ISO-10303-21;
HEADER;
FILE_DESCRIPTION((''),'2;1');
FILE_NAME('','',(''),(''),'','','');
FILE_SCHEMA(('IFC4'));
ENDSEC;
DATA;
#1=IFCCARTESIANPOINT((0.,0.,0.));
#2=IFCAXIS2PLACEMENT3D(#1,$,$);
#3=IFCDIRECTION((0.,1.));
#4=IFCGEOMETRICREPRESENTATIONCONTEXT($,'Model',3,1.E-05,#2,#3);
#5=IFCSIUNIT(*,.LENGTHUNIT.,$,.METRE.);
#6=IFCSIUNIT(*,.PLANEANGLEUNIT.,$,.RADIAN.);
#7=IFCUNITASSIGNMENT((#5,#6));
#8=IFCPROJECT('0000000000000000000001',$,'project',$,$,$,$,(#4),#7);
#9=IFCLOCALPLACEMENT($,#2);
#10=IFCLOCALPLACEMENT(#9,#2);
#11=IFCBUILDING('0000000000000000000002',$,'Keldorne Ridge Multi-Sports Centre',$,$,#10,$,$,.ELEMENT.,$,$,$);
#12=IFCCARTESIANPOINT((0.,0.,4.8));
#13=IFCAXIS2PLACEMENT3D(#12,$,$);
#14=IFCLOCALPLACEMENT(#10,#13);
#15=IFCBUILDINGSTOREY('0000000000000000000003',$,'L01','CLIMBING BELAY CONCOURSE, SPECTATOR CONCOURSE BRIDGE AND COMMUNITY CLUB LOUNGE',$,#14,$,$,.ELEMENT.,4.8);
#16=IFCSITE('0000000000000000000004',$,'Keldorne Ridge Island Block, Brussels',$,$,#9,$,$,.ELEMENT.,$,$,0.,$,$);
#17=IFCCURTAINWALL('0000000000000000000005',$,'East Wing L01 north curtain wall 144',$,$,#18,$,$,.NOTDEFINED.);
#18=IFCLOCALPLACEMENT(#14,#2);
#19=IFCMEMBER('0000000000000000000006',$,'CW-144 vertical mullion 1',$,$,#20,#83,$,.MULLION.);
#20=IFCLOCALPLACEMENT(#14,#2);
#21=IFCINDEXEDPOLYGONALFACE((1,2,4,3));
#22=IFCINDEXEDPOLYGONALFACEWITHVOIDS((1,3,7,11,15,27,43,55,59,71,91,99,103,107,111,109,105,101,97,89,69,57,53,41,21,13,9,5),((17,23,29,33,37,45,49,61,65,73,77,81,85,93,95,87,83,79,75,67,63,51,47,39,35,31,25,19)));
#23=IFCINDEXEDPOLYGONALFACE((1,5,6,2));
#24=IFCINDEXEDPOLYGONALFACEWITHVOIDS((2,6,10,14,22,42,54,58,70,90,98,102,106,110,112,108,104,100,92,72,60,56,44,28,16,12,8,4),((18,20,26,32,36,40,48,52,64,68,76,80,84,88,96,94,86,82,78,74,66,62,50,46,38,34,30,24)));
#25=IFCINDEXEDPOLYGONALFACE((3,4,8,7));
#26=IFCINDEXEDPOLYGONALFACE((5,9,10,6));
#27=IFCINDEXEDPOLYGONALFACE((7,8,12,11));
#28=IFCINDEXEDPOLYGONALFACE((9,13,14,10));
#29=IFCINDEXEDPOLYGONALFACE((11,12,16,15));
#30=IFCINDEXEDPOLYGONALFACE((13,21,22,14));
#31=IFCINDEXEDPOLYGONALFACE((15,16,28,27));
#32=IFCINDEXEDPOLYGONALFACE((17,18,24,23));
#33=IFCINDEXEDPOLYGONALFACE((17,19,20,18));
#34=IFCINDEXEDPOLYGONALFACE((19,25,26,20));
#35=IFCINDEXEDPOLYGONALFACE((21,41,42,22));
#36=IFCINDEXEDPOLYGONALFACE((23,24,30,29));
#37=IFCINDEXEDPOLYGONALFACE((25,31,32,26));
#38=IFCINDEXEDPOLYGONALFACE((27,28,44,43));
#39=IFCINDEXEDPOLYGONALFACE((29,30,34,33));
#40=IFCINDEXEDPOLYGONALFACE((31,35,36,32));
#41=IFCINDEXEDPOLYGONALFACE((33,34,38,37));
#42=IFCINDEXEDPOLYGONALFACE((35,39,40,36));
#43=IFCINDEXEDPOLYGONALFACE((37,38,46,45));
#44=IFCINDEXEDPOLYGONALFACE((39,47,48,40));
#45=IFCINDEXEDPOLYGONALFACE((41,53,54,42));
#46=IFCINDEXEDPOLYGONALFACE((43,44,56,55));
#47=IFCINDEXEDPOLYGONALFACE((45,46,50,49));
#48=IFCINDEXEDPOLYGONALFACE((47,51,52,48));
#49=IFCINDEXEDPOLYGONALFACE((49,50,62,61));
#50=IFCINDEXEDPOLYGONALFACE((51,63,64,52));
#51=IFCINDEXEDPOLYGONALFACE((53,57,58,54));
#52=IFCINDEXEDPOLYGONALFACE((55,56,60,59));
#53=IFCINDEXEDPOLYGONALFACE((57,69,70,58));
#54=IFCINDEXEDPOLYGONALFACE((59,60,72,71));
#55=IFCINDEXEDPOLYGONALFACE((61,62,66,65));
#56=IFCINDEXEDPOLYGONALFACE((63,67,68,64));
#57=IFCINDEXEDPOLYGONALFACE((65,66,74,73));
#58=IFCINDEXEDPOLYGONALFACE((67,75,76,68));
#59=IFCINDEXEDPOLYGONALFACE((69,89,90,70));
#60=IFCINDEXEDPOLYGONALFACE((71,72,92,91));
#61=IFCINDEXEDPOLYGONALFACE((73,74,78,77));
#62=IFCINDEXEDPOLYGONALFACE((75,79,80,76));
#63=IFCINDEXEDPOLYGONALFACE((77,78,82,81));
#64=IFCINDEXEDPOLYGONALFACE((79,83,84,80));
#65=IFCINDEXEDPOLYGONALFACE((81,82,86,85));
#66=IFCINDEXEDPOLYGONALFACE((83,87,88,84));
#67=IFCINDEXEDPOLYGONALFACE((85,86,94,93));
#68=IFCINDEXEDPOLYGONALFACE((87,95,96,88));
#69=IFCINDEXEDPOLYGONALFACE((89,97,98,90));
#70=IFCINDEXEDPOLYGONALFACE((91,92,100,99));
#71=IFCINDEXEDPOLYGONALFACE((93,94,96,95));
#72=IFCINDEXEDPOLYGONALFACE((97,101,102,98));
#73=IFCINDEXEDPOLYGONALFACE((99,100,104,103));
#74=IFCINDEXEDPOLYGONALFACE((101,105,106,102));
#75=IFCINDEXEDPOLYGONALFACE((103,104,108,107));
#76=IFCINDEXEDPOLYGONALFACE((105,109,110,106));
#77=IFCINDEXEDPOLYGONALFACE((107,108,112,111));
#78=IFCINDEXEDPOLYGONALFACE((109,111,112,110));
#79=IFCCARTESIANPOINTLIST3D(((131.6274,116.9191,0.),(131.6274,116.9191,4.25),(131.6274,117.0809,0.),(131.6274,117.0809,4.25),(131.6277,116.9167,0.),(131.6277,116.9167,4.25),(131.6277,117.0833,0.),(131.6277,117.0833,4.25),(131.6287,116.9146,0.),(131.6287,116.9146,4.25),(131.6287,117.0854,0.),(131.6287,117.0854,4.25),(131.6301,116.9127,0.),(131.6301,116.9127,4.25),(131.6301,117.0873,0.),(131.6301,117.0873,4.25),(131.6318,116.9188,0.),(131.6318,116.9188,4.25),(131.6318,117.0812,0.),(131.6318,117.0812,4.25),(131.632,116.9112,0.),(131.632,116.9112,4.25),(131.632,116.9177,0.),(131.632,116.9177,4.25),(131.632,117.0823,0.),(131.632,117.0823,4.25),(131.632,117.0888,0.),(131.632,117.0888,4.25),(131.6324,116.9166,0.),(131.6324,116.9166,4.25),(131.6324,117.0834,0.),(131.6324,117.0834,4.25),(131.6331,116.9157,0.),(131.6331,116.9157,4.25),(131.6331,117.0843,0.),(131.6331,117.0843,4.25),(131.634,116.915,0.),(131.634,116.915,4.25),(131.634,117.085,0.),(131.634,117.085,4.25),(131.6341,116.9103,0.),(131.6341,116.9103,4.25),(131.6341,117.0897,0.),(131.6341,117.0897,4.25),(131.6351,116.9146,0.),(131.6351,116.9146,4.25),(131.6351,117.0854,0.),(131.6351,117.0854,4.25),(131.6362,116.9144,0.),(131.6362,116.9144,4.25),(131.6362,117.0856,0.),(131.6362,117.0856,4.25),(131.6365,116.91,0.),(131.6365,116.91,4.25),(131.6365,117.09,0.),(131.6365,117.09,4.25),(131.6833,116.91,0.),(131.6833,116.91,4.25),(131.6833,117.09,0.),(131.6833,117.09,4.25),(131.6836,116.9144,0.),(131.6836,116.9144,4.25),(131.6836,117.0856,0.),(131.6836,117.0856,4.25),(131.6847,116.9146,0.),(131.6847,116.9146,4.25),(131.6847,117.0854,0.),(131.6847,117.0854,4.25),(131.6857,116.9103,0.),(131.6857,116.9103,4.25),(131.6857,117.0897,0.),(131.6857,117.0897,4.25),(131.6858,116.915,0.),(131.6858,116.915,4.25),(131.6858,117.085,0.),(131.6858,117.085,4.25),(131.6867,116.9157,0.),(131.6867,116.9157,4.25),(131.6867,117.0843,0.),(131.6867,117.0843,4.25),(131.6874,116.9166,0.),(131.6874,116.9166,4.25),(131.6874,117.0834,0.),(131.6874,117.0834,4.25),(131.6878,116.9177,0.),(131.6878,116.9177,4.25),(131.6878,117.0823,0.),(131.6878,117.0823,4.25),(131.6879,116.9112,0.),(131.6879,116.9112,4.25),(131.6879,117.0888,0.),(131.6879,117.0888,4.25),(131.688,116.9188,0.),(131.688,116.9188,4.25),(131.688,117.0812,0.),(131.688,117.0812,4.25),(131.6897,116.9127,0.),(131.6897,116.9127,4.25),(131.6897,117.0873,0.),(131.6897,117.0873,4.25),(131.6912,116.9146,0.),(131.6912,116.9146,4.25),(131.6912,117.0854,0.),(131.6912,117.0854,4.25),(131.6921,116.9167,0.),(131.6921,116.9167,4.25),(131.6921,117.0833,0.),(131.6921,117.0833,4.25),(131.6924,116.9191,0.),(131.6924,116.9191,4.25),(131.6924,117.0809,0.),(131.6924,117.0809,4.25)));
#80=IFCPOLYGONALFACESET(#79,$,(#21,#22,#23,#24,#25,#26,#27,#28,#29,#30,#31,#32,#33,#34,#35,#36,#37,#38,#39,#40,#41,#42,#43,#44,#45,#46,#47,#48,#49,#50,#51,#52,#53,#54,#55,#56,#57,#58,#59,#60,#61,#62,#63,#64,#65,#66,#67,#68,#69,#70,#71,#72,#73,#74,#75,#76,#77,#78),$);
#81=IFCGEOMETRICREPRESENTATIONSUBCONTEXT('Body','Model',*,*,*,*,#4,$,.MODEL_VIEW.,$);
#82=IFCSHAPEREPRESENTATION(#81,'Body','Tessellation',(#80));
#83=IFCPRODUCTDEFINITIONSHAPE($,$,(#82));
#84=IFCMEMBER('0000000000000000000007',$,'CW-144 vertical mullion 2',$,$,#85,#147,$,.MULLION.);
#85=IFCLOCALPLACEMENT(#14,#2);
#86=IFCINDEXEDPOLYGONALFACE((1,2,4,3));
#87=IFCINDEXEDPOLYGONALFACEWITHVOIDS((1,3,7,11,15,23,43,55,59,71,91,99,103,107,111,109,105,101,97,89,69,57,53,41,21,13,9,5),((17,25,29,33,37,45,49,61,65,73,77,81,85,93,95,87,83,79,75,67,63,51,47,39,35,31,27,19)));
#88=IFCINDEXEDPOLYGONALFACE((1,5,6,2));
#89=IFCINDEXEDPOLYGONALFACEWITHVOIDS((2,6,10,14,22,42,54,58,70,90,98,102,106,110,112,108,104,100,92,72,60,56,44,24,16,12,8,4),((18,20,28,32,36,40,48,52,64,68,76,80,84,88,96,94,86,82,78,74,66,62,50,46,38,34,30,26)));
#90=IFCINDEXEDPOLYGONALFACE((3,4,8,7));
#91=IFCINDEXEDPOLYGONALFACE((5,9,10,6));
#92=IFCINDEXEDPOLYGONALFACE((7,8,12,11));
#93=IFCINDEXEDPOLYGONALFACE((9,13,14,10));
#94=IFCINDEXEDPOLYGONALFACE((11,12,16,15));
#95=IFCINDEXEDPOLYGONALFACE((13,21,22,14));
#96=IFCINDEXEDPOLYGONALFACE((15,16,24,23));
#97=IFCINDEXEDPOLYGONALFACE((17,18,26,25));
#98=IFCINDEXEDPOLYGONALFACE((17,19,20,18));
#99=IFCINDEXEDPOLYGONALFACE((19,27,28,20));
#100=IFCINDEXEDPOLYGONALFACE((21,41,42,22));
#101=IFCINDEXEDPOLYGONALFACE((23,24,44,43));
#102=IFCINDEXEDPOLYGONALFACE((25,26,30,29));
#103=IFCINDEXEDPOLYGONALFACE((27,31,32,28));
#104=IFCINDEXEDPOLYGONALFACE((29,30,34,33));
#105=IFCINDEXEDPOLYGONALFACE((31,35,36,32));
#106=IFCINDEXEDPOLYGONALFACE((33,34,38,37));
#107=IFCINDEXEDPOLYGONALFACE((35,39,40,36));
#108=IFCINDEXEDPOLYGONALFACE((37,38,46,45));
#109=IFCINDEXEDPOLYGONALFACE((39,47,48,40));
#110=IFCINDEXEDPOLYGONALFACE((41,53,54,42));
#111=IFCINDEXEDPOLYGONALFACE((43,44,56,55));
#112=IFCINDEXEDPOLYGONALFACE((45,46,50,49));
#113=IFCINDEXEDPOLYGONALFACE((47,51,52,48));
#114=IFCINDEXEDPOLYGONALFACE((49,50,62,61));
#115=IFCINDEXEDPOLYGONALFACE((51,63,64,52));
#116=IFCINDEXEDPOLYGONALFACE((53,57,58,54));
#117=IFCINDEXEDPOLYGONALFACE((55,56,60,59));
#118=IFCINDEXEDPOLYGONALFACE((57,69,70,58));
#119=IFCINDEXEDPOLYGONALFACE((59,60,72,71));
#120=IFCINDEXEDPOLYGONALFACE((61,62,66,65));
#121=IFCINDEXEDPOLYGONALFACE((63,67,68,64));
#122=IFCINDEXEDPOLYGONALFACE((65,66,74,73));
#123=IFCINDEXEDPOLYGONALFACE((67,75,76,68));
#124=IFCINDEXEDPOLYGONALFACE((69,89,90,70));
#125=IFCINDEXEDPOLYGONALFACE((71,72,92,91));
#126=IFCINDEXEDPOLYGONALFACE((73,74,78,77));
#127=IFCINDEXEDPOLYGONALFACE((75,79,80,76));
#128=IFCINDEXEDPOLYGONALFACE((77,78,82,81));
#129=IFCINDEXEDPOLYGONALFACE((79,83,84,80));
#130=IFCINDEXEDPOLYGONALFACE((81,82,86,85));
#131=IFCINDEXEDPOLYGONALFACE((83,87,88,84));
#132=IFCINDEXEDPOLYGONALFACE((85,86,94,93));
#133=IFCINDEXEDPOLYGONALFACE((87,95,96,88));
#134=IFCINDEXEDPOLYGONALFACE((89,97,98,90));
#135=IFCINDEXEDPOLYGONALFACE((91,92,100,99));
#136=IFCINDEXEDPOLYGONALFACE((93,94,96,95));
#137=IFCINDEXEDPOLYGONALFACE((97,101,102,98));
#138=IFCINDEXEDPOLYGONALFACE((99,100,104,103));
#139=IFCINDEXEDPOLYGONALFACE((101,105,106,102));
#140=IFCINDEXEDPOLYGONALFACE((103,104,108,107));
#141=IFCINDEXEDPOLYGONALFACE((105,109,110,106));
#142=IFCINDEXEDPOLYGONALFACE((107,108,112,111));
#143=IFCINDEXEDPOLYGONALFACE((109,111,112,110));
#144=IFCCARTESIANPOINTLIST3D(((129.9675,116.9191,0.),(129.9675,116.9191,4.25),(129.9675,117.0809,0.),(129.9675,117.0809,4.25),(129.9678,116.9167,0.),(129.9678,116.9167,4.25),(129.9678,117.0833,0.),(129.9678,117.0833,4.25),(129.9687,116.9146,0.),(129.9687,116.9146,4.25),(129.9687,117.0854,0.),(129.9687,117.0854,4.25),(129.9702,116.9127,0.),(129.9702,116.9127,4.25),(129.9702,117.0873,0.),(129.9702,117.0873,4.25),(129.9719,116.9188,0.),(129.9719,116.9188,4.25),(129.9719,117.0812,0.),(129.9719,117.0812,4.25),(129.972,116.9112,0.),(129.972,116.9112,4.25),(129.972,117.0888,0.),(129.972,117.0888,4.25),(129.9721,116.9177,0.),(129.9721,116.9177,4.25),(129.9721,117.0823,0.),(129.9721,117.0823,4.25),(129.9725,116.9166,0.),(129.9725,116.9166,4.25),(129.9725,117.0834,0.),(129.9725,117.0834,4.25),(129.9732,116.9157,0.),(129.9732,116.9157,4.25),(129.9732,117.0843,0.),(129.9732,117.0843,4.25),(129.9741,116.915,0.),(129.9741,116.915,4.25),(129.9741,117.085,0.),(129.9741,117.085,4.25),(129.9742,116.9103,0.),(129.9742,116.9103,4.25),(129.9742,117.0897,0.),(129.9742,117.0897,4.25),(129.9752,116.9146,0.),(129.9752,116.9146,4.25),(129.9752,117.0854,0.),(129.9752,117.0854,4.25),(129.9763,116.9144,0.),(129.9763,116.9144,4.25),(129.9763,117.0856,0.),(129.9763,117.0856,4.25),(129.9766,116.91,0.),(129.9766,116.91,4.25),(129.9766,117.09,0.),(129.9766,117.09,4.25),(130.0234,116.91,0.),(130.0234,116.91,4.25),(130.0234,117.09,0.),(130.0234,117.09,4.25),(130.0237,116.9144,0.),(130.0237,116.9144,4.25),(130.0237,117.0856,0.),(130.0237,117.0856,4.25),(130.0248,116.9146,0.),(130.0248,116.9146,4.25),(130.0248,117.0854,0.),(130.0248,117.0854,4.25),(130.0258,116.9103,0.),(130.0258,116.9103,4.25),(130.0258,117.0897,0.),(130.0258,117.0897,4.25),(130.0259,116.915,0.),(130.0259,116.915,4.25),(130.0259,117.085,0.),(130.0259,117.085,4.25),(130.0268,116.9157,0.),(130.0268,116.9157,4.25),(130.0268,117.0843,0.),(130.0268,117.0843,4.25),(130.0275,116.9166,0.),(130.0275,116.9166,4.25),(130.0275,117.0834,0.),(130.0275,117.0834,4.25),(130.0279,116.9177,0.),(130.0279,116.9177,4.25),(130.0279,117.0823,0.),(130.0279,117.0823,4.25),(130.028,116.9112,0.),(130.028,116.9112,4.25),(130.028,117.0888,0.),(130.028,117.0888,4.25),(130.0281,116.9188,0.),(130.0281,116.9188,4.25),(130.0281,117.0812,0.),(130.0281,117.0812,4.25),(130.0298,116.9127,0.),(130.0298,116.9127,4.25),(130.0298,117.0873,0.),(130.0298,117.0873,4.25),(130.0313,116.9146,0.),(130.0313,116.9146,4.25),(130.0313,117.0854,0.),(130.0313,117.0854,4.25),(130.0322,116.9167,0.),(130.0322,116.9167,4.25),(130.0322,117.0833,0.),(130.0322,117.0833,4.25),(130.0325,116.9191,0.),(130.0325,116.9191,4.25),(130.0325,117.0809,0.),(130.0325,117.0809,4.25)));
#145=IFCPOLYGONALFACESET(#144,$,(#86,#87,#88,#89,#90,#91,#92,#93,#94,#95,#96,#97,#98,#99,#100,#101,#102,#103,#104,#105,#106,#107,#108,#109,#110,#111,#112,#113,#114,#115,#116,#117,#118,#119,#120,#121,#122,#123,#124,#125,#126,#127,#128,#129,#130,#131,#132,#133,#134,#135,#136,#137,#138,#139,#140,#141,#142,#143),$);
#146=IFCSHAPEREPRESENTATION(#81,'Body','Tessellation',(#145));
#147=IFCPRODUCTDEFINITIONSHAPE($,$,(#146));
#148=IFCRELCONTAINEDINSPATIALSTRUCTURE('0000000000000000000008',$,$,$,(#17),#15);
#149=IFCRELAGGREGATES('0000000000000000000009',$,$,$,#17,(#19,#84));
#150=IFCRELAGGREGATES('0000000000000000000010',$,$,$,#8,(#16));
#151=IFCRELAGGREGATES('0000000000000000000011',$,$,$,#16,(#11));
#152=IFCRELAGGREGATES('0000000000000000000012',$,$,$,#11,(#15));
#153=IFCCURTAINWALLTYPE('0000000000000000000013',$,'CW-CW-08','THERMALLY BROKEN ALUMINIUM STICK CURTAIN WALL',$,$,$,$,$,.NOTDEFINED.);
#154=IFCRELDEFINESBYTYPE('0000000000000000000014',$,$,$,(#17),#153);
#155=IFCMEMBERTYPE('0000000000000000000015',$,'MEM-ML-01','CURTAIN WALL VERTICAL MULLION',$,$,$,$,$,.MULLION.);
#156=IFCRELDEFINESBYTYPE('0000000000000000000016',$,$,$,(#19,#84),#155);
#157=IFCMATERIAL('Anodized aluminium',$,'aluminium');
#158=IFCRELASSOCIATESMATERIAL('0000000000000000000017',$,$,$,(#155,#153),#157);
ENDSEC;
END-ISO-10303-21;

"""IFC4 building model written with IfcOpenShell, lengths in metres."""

from ifc_helpers import new_model, si_unit, direction, frame, origin, origin_2d, place, context, subcontext, project, spatial, hollow_rectangle, extrude, material, material_profile, profile_set, type_object, element, aggregate, save


model = new_model("IFC4")

# Units and contexts
model_context = context("Model", 3, precision=1e-05, world=origin(), true_north=direction((0.0, 1.0)))
body_context = subcontext(model_context, "Body", "Model", "MODEL_VIEW")
ifc_project = project(units=[si_unit("LENGTHUNIT", "METRE"), si_unit("PLANEANGLEUNIT", "RADIAN")], contexts=[model_context])

# Site, building, storey
site_placement = place(None, origin())
site = spatial("IfcSite", under=ifc_project, at=site_placement, Name="Keldorne Ridge Island Block, Brussels", CompositionType="ELEMENT", RefElevation=0.0)
building_placement = place(site_placement, origin())
building = spatial("IfcBuilding", under=site, at=building_placement, Name="Keldorne Ridge Multi-Sports Centre", CompositionType="ELEMENT")
storey_placement = place(building_placement, frame((0.0, 0.0, 4.8)))
storey = spatial("IfcBuildingStorey", under=building, at=storey_placement, Name="L01", Description="CLIMBING BELAY CONCOURSE, SPECTATOR CONCOURSE BRIDGE AND COMMUNITY CLUB LOUNGE", CompositionType="ELEMENT", Elevation=4.8)

# Shared definitions
ifc_material_1 = material(Name="Anodized aluminium", Category="aluminium")
ifc_material_profile_1 = material_profile(ifc_material_1, hollow_rectangle(XDim=0.0649, YDim=0.1799, WallThickness=0.0044, InnerFilletRadius=0.0044, OuterFilletRadius=0.009, at=origin_2d()), Name="ALU MULLION 180x65x4.5")
ifc_profile_set_1 = profile_set([ifc_material_profile_1], Name="Anodized aluminium")
member_type_1 = type_object("IfcMemberType", Name="MEM-ML-01", Description="CURTAIN WALL VERTICAL MULLION", PredefinedType="MULLION", material=ifc_profile_set_1)

# Curtain wall, members
curtain_wall_type_1 = type_object("IfcCurtainWallType", Name="CW-CW-08", Description="THERMALLY BROKEN ALUMINIUM STICK CURTAIN WALL", PredefinedType="NOTDEFINED", material=ifc_material_1)
curtain_wall_1_placement = place(storey_placement, origin())
curtain_wall_1 = element("IfcCurtainWall", 1, at=curtain_wall_1_placement, inside=storey, type_object=curtain_wall_type_1, Name="East Wing L01 north curtain wall 144", PredefinedType="NOTDEFINED")
member_1_placement = place(storey_placement, frame((131.6599, 117.0, 0.0), z_axis=(0.0, 0.0, 1.0), x_axis=(1.0, 0.0, 0.0)))
member_1 = element("IfcMember", 2, at=member_1_placement, type_object=member_type_1, Name="CW-144 vertical mullion 1", PredefinedType="MULLION", context=body_context, shape_type="SweptSolid", body=[
    extrude(hollow_rectangle(XDim=0.0649, YDim=0.1799, WallThickness=0.0044, InnerFilletRadius=0.0044, OuterFilletRadius=0.009, at=origin_2d()), origin(), (0.0, 0.0, 1.0), 4.25),
])
member_2_placement = place(storey_placement, frame((130.0, 117.0, 0.0), z_axis=(0.0, 0.0, 1.0), x_axis=(1.0, 0.0, 0.0)))
member_2 = element("IfcMember", 3, at=member_2_placement, type_object=member_type_1, Name="CW-144 vertical mullion 2", PredefinedType="MULLION", context=body_context, shape_type="SweptSolid", body=[
    extrude(hollow_rectangle(XDim=0.0649, YDim=0.1799, WallThickness=0.0044, InnerFilletRadius=0.0044, OuterFilletRadius=0.009, at=origin_2d()), origin(), (0.0, 0.0, 1.0), 4.25),
])

aggregate(curtain_wall_1, [member_1, member_2])

save(model, "model.ifc")
